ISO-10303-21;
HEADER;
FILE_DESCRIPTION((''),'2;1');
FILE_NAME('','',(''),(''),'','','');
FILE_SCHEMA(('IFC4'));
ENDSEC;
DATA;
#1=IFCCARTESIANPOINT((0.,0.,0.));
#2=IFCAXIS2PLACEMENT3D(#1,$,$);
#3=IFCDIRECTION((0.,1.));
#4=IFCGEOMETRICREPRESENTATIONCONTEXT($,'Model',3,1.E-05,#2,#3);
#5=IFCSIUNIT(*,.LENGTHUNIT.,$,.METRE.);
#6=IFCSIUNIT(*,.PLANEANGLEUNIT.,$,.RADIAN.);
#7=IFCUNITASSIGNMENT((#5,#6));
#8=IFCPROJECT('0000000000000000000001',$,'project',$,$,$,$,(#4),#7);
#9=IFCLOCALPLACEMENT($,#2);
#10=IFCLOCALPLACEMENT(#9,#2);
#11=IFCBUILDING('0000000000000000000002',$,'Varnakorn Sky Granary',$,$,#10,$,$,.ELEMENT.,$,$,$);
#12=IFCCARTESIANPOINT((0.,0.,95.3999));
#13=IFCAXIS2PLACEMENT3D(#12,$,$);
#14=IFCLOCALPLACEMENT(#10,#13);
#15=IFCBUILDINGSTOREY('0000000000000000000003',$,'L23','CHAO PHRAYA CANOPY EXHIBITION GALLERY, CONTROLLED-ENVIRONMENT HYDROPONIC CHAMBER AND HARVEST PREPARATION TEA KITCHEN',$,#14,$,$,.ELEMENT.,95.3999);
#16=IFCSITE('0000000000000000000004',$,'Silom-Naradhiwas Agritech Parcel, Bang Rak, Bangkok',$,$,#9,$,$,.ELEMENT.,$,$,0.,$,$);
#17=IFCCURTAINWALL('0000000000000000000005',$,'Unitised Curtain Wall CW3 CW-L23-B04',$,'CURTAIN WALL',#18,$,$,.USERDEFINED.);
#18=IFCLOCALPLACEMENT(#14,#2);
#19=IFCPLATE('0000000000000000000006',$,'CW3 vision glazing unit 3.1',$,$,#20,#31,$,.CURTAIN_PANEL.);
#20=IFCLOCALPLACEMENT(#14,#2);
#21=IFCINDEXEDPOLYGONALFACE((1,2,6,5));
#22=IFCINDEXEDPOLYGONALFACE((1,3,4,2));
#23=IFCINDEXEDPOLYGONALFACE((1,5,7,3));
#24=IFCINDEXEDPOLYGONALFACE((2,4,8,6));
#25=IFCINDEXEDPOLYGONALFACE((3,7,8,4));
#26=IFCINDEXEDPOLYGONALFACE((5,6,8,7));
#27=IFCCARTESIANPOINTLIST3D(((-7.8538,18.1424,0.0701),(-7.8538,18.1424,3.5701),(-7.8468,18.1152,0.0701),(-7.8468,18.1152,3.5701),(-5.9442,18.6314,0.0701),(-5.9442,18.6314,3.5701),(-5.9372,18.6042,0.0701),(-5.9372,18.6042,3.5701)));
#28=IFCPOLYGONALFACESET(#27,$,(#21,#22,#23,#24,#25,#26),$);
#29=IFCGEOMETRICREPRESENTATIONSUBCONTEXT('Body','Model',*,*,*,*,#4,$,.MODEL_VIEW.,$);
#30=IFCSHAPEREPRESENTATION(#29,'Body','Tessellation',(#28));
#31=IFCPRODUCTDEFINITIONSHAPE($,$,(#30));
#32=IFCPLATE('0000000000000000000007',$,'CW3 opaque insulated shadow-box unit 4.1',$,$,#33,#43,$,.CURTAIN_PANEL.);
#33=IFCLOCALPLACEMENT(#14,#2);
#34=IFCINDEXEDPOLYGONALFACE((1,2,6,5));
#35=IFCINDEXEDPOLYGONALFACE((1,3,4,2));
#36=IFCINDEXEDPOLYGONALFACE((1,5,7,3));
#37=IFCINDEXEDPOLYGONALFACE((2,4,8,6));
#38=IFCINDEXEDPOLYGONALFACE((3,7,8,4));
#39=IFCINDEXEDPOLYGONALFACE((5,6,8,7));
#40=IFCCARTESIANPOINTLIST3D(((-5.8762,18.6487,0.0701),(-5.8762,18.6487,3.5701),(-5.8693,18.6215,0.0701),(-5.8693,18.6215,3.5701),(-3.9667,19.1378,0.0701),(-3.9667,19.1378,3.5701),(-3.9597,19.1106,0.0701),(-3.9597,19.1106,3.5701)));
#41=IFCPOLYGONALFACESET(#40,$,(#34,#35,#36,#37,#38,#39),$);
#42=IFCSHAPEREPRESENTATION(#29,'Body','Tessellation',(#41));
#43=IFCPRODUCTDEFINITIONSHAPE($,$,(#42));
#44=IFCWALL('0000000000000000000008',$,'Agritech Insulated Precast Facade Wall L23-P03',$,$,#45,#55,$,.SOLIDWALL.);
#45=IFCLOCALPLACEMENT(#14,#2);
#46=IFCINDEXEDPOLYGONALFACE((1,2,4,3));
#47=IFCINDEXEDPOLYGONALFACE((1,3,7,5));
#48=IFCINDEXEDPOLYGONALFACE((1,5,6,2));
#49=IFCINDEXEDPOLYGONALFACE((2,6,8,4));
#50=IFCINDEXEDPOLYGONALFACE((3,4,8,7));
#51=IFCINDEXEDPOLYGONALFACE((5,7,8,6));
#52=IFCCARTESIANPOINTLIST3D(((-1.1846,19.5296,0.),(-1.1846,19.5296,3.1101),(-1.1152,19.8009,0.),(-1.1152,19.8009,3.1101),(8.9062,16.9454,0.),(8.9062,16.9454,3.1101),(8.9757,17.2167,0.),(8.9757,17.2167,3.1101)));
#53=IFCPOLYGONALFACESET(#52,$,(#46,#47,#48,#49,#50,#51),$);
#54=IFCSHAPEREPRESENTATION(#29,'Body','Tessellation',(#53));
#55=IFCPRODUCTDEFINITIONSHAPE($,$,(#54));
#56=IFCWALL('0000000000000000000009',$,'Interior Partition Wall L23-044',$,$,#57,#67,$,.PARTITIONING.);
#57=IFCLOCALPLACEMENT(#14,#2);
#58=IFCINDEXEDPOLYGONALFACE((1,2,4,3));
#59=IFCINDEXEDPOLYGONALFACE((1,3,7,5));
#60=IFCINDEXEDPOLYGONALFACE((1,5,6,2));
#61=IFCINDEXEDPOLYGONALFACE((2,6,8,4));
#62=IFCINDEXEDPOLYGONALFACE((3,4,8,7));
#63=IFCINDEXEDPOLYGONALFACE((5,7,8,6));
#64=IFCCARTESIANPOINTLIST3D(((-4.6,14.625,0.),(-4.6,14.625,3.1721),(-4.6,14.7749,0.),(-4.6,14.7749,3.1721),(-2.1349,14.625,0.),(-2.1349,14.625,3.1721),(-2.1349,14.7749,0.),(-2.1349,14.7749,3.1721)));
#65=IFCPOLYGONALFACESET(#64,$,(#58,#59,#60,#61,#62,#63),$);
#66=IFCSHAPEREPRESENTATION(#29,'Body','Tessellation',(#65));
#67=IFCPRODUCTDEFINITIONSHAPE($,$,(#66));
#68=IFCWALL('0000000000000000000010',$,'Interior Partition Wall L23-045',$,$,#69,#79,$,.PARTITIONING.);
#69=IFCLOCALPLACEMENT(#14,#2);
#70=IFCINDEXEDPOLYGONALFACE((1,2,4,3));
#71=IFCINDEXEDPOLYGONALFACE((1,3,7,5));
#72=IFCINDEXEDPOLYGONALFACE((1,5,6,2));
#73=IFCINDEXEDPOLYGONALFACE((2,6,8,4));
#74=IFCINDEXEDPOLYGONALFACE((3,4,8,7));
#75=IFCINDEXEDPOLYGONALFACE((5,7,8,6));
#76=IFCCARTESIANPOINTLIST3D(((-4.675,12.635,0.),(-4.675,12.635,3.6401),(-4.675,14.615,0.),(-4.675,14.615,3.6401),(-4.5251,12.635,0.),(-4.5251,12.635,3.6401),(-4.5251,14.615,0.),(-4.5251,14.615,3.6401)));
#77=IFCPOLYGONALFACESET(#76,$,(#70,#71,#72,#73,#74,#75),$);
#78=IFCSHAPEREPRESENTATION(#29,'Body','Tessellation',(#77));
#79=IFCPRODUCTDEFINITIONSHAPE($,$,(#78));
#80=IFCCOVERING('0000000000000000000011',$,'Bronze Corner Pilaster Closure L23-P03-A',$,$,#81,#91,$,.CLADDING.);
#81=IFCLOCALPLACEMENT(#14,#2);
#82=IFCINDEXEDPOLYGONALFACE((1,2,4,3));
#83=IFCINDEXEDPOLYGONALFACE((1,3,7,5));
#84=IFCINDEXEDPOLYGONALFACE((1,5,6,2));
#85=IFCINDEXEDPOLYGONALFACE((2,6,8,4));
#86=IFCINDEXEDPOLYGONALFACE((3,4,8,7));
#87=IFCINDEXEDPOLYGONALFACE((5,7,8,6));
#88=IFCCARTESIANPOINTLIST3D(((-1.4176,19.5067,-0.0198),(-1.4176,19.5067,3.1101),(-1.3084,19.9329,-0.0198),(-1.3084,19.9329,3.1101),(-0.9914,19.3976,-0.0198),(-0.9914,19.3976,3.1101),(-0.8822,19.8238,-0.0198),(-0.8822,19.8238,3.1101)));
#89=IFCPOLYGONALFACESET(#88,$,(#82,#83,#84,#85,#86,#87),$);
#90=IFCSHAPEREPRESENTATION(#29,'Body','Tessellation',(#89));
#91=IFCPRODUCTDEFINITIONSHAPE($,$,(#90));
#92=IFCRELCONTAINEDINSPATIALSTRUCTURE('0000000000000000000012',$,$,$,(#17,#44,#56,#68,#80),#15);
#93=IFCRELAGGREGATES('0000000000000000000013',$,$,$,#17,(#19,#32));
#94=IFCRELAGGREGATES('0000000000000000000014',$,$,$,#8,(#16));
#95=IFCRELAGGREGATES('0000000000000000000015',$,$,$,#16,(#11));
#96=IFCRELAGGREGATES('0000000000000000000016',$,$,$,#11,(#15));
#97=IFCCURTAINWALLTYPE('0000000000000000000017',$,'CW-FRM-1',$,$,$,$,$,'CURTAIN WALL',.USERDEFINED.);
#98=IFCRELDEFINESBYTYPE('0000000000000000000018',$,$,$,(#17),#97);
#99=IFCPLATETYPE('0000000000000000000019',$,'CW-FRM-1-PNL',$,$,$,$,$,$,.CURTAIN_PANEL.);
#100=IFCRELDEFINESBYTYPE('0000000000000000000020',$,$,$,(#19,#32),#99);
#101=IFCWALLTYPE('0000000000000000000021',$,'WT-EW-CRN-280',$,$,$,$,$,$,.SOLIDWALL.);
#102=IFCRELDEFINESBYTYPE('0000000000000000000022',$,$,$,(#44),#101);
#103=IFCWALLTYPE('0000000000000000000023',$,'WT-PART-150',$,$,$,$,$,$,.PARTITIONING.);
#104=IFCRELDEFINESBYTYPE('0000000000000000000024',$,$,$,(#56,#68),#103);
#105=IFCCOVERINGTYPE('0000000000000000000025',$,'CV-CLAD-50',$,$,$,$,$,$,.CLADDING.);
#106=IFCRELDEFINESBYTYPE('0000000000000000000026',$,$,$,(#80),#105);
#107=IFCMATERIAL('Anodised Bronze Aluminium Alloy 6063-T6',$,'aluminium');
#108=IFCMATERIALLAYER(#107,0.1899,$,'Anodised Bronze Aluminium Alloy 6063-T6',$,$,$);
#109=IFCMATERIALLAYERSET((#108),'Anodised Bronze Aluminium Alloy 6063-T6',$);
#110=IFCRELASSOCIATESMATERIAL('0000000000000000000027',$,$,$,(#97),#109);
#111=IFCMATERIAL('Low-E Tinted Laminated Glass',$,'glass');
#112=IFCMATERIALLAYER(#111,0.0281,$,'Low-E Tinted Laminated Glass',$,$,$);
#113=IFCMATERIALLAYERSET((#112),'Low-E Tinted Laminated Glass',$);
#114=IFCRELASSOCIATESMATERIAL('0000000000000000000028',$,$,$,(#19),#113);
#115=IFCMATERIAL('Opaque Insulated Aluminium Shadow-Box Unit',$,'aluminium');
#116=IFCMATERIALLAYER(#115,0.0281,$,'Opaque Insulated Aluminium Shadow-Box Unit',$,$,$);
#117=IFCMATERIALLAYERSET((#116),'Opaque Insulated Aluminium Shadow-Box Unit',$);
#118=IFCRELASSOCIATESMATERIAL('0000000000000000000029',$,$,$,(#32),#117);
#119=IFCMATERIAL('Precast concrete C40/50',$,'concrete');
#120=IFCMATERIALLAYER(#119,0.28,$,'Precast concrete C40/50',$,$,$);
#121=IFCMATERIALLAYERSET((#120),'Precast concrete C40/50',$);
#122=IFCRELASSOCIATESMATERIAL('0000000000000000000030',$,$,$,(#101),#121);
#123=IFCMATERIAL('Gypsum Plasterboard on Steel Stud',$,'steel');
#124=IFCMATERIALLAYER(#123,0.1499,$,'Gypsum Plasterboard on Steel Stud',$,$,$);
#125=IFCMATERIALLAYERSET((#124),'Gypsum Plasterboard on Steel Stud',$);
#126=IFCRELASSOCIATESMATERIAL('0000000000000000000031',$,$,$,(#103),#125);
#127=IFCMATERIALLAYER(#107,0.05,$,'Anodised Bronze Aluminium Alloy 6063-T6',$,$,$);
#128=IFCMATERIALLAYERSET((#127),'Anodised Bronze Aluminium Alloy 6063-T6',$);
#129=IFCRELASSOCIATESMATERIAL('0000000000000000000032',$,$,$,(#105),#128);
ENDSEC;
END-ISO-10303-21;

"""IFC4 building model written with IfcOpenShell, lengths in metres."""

from ifc_helpers import new_model, si_unit, direction, frame, frame_2d, origin, origin_2d, place, context, subcontext, project, spatial, rectangle, extrude, source, transform, mapped, material, layer, layer_set, type_object, type_shapes, element, aggregate, save


model = new_model("IFC4")

# Units and contexts
model_context = context("Model", 3, precision=1e-05, world=origin(), true_north=direction((0.0, 1.0)))
body_context = subcontext(model_context, "Body", "Model", "MODEL_VIEW")
ifc_project = project(units=[si_unit("LENGTHUNIT", "METRE"), si_unit("PLANEANGLEUNIT", "RADIAN")], contexts=[model_context])

# Site, building, storey
site_placement = place(None, origin())
site = spatial("IfcSite", under=ifc_project, at=site_placement, Name="Silom-Naradhiwas Agritech Parcel, Bang Rak, Bangkok", CompositionType="ELEMENT", RefElevation=0.0)
building_placement = place(site_placement, origin())
building = spatial("IfcBuilding", under=site, at=building_placement, Name="Varnakorn Sky Granary", CompositionType="ELEMENT")
storey_placement = place(building_placement, frame((0.0, 0.0, 95.3999)))
storey = spatial("IfcBuildingStorey", under=building, at=storey_placement, Name="L23", Description="CHAO PHRAYA CANOPY EXHIBITION GALLERY, CONTROLLED-ENVIRONMENT HYDROPONIC CHAMBER AND HARVEST PREPARATION TEA KITCHEN", CompositionType="ELEMENT", Elevation=95.3999)

# Curtain wall
ifc_material_1 = material(Name="Anodised Bronze Aluminium Alloy 6063-T6", Category="aluminium")
ifc_layer_1 = layer(ifc_material_1, 0.1899, Name="Anodised Bronze Aluminium Alloy 6063-T6")
ifc_layer_set_1 = layer_set([ifc_layer_1], Name="Anodised Bronze Aluminium Alloy 6063-T6")
curtain_wall_type = type_object("IfcCurtainWallType", Name="CW-FRM-1", ElementType="CURTAIN WALL", PredefinedType="USERDEFINED", material=ifc_layer_set_1)
curtain_wall_placement = place(storey_placement, origin())
curtain_wall = element("IfcCurtainWall", 1, at=curtain_wall_placement, inside=storey, type_object=curtain_wall_type, Name="Unitised Curtain Wall CW3 CW-L23-B04", ObjectType="CURTAIN WALL", PredefinedType="USERDEFINED")

# Plates
ifc_material_2 = material(Name="Opaque Insulated Aluminium Shadow-Box Unit", Category="aluminium")
ifc_layer_2 = layer(ifc_material_2, 0.0281, Name="Opaque Insulated Aluminium Shadow-Box Unit")
ifc_layer_set_2 = layer_set([ifc_layer_2], Name="Opaque Insulated Aluminium Shadow-Box Unit")
plate_type = type_object("IfcPlateType", Name="CW-FRM-1-PNL", PredefinedType="CURTAIN_PANEL")
ifc_material_3 = material(Name="Low-E Tinted Laminated Glass", Category="glass")
ifc_layer_3 = layer(ifc_material_3, 0.0281, Name="Low-E Tinted Laminated Glass")
ifc_layer_set_3 = layer_set([ifc_layer_3], Name="Low-E Tinted Laminated Glass")
shared_shape_1 = source(origin(), body_context, "Body", "SweptSolid", [
    extrude(rectangle(XDim=1.9712, YDim=0.0281, at=origin_2d()), origin(), (0.0, 0.0, 1.0), 3.5),
])
plate_1_placement = place(storey_placement, frame((-6.8955, 18.3733, 0.0701), z_axis=(0.0, 0.0, 1.0), x_axis=(0.968734, 0.248101, 0.0)))
plate_1 = element("IfcPlate", 2, at=plate_1_placement, type_object=plate_type, material=ifc_layer_set_3, Name="CW3 vision glazing unit 3.1", PredefinedType="CURTAIN_PANEL", context=body_context, shape_type="MappedRepresentation", body=[
    mapped(shared_shape_1, transform((0.0, 0.0, 0.0), x_axis=(1.0, 0.0, 0.0), y_axis=(0.0, 1.0, 0.0), z_axis=(0.0, 0.0, 1.0), scale=1.0)),
])
plate_2_placement = place(storey_placement, frame((-4.918, 18.8796, 0.0701), z_axis=(0.0, 0.0, 1.0), x_axis=(0.968734, 0.248101, 0.0)))
plate_2 = element("IfcPlate", 3, at=plate_2_placement, type_object=plate_type, material=ifc_layer_set_2, Name="CW3 opaque insulated shadow-box unit 4.1", PredefinedType="CURTAIN_PANEL", context=body_context, shape_type="MappedRepresentation", body=[
    mapped(shared_shape_1, transform((0.0, 0.0, 0.0), x_axis=(1.0, 0.0, 0.0), y_axis=(0.0, 1.0, 0.0), z_axis=(0.0, 0.0, 1.0), scale=1.0)),
])
aggregate(curtain_wall, [plate_1, plate_2])

# Walls
ifc_material_4 = material(Name="Precast concrete C40/50", Category="concrete")
ifc_layer_4 = layer(ifc_material_4, 0.28, Name="Precast concrete C40/50")
ifc_layer_set_4 = layer_set([ifc_layer_4], Name="Precast concrete C40/50")
wall_type_1 = type_object("IfcWallType", Name="WT-EW-CRN-280", PredefinedType="SOLIDWALL", material=ifc_layer_set_4)
wall_1_placement = place(storey_placement, frame((-1.1499, 19.6653, 0.0), z_axis=(0.0, 0.0, 1.0), x_axis=(0.968737, -0.248091, 0.0)))
element("IfcWall", 4, at=wall_1_placement, inside=storey, type_object=wall_type_1, Name="Agritech Insulated Precast Facade Wall L23-P03", PredefinedType="SOLIDWALL", context=body_context, shape_type="SweptSolid", body=[
    extrude(rectangle(XDim=10.4165, YDim=0.28, at=frame_2d((5.2083, 0.0))), origin(), (0.0, 0.0, 1.0), 3.1101),
])
ifc_material_5 = material(Name="Gypsum Plasterboard on Steel Stud", Category="steel")
ifc_layer_5 = layer(ifc_material_5, 0.1499, Name="Gypsum Plasterboard on Steel Stud")
ifc_layer_set_5 = layer_set([ifc_layer_5], Name="Gypsum Plasterboard on Steel Stud")
wall_type_2 = type_object("IfcWallType", Name="WT-PART-150", PredefinedType="PARTITIONING", material=ifc_layer_set_5)
wall_2_placement = place(storey_placement, frame((-2.135, 14.7, 0.0), z_axis=(0.0, 0.0, 1.0), x_axis=(-1.0, 0.0, 0.0)))
element("IfcWall", 5, at=wall_2_placement, inside=storey, type_object=wall_type_2, Name="Interior Partition Wall L23-044", PredefinedType="PARTITIONING", context=body_context, shape_type="SweptSolid", body=[
    extrude(rectangle(XDim=2.4651, YDim=0.1499, at=frame_2d((1.2324, 0.0))), origin(), (0.0, 0.0, 1.0), 3.1721),
])
wall_3_placement = place(storey_placement, frame((-4.6001, 14.615, 0.0), z_axis=(0.0, 0.0, 1.0), x_axis=(0.0, -1.0, 0.0)))
element("IfcWall", 6, at=wall_3_placement, inside=storey, type_object=wall_type_2, Name="Interior Partition Wall L23-045", PredefinedType="PARTITIONING", context=body_context, shape_type="SweptSolid", body=[
    extrude(rectangle(XDim=1.98, YDim=0.1499, at=frame_2d((0.99, 0.0))), origin(), (0.0, 0.0, 1.0), 3.6401),
])

# Covering
ifc_layer_6 = layer(ifc_material_1, 0.05, Name="Anodised Bronze Aluminium Alloy 6063-T6")
ifc_layer_set_6 = layer_set([ifc_layer_6], Name="Anodised Bronze Aluminium Alloy 6063-T6")
covering_type = type_object("IfcCoveringType", Name="CV-CLAD-50", PredefinedType="CLADDING", material=ifc_layer_set_6)
shared_shape_2 = source(origin(), body_context, "Body", "SweptSolid", [
    extrude(rectangle(XDim=0.4399, YDim=0.4399, at=origin_2d()), origin(), (0.0, 0.0, 1.0), 3.1299),
])
type_shapes(covering_type, [shared_shape_2])
covering_placement = place(storey_placement, frame((-1.1499, 19.6653, -0.0198), z_axis=(0.0, 0.0, 1.0), x_axis=(0.968757, -0.248014, 0.0)))
element("IfcCovering", 7, at=covering_placement, inside=storey, type_object=covering_type, Name="Bronze Corner Pilaster Closure L23-P03-A", PredefinedType="CLADDING", context=body_context, shape_type="MappedRepresentation", body=[
    mapped(shared_shape_2, transform((0.0, 0.0, 0.0), x_axis=(1.0, 0.0, 0.0), y_axis=(0.0, 1.0, 0.0), z_axis=(0.0, 0.0, 1.0), scale=1.0)),
])

save(model, "model.ifc")
